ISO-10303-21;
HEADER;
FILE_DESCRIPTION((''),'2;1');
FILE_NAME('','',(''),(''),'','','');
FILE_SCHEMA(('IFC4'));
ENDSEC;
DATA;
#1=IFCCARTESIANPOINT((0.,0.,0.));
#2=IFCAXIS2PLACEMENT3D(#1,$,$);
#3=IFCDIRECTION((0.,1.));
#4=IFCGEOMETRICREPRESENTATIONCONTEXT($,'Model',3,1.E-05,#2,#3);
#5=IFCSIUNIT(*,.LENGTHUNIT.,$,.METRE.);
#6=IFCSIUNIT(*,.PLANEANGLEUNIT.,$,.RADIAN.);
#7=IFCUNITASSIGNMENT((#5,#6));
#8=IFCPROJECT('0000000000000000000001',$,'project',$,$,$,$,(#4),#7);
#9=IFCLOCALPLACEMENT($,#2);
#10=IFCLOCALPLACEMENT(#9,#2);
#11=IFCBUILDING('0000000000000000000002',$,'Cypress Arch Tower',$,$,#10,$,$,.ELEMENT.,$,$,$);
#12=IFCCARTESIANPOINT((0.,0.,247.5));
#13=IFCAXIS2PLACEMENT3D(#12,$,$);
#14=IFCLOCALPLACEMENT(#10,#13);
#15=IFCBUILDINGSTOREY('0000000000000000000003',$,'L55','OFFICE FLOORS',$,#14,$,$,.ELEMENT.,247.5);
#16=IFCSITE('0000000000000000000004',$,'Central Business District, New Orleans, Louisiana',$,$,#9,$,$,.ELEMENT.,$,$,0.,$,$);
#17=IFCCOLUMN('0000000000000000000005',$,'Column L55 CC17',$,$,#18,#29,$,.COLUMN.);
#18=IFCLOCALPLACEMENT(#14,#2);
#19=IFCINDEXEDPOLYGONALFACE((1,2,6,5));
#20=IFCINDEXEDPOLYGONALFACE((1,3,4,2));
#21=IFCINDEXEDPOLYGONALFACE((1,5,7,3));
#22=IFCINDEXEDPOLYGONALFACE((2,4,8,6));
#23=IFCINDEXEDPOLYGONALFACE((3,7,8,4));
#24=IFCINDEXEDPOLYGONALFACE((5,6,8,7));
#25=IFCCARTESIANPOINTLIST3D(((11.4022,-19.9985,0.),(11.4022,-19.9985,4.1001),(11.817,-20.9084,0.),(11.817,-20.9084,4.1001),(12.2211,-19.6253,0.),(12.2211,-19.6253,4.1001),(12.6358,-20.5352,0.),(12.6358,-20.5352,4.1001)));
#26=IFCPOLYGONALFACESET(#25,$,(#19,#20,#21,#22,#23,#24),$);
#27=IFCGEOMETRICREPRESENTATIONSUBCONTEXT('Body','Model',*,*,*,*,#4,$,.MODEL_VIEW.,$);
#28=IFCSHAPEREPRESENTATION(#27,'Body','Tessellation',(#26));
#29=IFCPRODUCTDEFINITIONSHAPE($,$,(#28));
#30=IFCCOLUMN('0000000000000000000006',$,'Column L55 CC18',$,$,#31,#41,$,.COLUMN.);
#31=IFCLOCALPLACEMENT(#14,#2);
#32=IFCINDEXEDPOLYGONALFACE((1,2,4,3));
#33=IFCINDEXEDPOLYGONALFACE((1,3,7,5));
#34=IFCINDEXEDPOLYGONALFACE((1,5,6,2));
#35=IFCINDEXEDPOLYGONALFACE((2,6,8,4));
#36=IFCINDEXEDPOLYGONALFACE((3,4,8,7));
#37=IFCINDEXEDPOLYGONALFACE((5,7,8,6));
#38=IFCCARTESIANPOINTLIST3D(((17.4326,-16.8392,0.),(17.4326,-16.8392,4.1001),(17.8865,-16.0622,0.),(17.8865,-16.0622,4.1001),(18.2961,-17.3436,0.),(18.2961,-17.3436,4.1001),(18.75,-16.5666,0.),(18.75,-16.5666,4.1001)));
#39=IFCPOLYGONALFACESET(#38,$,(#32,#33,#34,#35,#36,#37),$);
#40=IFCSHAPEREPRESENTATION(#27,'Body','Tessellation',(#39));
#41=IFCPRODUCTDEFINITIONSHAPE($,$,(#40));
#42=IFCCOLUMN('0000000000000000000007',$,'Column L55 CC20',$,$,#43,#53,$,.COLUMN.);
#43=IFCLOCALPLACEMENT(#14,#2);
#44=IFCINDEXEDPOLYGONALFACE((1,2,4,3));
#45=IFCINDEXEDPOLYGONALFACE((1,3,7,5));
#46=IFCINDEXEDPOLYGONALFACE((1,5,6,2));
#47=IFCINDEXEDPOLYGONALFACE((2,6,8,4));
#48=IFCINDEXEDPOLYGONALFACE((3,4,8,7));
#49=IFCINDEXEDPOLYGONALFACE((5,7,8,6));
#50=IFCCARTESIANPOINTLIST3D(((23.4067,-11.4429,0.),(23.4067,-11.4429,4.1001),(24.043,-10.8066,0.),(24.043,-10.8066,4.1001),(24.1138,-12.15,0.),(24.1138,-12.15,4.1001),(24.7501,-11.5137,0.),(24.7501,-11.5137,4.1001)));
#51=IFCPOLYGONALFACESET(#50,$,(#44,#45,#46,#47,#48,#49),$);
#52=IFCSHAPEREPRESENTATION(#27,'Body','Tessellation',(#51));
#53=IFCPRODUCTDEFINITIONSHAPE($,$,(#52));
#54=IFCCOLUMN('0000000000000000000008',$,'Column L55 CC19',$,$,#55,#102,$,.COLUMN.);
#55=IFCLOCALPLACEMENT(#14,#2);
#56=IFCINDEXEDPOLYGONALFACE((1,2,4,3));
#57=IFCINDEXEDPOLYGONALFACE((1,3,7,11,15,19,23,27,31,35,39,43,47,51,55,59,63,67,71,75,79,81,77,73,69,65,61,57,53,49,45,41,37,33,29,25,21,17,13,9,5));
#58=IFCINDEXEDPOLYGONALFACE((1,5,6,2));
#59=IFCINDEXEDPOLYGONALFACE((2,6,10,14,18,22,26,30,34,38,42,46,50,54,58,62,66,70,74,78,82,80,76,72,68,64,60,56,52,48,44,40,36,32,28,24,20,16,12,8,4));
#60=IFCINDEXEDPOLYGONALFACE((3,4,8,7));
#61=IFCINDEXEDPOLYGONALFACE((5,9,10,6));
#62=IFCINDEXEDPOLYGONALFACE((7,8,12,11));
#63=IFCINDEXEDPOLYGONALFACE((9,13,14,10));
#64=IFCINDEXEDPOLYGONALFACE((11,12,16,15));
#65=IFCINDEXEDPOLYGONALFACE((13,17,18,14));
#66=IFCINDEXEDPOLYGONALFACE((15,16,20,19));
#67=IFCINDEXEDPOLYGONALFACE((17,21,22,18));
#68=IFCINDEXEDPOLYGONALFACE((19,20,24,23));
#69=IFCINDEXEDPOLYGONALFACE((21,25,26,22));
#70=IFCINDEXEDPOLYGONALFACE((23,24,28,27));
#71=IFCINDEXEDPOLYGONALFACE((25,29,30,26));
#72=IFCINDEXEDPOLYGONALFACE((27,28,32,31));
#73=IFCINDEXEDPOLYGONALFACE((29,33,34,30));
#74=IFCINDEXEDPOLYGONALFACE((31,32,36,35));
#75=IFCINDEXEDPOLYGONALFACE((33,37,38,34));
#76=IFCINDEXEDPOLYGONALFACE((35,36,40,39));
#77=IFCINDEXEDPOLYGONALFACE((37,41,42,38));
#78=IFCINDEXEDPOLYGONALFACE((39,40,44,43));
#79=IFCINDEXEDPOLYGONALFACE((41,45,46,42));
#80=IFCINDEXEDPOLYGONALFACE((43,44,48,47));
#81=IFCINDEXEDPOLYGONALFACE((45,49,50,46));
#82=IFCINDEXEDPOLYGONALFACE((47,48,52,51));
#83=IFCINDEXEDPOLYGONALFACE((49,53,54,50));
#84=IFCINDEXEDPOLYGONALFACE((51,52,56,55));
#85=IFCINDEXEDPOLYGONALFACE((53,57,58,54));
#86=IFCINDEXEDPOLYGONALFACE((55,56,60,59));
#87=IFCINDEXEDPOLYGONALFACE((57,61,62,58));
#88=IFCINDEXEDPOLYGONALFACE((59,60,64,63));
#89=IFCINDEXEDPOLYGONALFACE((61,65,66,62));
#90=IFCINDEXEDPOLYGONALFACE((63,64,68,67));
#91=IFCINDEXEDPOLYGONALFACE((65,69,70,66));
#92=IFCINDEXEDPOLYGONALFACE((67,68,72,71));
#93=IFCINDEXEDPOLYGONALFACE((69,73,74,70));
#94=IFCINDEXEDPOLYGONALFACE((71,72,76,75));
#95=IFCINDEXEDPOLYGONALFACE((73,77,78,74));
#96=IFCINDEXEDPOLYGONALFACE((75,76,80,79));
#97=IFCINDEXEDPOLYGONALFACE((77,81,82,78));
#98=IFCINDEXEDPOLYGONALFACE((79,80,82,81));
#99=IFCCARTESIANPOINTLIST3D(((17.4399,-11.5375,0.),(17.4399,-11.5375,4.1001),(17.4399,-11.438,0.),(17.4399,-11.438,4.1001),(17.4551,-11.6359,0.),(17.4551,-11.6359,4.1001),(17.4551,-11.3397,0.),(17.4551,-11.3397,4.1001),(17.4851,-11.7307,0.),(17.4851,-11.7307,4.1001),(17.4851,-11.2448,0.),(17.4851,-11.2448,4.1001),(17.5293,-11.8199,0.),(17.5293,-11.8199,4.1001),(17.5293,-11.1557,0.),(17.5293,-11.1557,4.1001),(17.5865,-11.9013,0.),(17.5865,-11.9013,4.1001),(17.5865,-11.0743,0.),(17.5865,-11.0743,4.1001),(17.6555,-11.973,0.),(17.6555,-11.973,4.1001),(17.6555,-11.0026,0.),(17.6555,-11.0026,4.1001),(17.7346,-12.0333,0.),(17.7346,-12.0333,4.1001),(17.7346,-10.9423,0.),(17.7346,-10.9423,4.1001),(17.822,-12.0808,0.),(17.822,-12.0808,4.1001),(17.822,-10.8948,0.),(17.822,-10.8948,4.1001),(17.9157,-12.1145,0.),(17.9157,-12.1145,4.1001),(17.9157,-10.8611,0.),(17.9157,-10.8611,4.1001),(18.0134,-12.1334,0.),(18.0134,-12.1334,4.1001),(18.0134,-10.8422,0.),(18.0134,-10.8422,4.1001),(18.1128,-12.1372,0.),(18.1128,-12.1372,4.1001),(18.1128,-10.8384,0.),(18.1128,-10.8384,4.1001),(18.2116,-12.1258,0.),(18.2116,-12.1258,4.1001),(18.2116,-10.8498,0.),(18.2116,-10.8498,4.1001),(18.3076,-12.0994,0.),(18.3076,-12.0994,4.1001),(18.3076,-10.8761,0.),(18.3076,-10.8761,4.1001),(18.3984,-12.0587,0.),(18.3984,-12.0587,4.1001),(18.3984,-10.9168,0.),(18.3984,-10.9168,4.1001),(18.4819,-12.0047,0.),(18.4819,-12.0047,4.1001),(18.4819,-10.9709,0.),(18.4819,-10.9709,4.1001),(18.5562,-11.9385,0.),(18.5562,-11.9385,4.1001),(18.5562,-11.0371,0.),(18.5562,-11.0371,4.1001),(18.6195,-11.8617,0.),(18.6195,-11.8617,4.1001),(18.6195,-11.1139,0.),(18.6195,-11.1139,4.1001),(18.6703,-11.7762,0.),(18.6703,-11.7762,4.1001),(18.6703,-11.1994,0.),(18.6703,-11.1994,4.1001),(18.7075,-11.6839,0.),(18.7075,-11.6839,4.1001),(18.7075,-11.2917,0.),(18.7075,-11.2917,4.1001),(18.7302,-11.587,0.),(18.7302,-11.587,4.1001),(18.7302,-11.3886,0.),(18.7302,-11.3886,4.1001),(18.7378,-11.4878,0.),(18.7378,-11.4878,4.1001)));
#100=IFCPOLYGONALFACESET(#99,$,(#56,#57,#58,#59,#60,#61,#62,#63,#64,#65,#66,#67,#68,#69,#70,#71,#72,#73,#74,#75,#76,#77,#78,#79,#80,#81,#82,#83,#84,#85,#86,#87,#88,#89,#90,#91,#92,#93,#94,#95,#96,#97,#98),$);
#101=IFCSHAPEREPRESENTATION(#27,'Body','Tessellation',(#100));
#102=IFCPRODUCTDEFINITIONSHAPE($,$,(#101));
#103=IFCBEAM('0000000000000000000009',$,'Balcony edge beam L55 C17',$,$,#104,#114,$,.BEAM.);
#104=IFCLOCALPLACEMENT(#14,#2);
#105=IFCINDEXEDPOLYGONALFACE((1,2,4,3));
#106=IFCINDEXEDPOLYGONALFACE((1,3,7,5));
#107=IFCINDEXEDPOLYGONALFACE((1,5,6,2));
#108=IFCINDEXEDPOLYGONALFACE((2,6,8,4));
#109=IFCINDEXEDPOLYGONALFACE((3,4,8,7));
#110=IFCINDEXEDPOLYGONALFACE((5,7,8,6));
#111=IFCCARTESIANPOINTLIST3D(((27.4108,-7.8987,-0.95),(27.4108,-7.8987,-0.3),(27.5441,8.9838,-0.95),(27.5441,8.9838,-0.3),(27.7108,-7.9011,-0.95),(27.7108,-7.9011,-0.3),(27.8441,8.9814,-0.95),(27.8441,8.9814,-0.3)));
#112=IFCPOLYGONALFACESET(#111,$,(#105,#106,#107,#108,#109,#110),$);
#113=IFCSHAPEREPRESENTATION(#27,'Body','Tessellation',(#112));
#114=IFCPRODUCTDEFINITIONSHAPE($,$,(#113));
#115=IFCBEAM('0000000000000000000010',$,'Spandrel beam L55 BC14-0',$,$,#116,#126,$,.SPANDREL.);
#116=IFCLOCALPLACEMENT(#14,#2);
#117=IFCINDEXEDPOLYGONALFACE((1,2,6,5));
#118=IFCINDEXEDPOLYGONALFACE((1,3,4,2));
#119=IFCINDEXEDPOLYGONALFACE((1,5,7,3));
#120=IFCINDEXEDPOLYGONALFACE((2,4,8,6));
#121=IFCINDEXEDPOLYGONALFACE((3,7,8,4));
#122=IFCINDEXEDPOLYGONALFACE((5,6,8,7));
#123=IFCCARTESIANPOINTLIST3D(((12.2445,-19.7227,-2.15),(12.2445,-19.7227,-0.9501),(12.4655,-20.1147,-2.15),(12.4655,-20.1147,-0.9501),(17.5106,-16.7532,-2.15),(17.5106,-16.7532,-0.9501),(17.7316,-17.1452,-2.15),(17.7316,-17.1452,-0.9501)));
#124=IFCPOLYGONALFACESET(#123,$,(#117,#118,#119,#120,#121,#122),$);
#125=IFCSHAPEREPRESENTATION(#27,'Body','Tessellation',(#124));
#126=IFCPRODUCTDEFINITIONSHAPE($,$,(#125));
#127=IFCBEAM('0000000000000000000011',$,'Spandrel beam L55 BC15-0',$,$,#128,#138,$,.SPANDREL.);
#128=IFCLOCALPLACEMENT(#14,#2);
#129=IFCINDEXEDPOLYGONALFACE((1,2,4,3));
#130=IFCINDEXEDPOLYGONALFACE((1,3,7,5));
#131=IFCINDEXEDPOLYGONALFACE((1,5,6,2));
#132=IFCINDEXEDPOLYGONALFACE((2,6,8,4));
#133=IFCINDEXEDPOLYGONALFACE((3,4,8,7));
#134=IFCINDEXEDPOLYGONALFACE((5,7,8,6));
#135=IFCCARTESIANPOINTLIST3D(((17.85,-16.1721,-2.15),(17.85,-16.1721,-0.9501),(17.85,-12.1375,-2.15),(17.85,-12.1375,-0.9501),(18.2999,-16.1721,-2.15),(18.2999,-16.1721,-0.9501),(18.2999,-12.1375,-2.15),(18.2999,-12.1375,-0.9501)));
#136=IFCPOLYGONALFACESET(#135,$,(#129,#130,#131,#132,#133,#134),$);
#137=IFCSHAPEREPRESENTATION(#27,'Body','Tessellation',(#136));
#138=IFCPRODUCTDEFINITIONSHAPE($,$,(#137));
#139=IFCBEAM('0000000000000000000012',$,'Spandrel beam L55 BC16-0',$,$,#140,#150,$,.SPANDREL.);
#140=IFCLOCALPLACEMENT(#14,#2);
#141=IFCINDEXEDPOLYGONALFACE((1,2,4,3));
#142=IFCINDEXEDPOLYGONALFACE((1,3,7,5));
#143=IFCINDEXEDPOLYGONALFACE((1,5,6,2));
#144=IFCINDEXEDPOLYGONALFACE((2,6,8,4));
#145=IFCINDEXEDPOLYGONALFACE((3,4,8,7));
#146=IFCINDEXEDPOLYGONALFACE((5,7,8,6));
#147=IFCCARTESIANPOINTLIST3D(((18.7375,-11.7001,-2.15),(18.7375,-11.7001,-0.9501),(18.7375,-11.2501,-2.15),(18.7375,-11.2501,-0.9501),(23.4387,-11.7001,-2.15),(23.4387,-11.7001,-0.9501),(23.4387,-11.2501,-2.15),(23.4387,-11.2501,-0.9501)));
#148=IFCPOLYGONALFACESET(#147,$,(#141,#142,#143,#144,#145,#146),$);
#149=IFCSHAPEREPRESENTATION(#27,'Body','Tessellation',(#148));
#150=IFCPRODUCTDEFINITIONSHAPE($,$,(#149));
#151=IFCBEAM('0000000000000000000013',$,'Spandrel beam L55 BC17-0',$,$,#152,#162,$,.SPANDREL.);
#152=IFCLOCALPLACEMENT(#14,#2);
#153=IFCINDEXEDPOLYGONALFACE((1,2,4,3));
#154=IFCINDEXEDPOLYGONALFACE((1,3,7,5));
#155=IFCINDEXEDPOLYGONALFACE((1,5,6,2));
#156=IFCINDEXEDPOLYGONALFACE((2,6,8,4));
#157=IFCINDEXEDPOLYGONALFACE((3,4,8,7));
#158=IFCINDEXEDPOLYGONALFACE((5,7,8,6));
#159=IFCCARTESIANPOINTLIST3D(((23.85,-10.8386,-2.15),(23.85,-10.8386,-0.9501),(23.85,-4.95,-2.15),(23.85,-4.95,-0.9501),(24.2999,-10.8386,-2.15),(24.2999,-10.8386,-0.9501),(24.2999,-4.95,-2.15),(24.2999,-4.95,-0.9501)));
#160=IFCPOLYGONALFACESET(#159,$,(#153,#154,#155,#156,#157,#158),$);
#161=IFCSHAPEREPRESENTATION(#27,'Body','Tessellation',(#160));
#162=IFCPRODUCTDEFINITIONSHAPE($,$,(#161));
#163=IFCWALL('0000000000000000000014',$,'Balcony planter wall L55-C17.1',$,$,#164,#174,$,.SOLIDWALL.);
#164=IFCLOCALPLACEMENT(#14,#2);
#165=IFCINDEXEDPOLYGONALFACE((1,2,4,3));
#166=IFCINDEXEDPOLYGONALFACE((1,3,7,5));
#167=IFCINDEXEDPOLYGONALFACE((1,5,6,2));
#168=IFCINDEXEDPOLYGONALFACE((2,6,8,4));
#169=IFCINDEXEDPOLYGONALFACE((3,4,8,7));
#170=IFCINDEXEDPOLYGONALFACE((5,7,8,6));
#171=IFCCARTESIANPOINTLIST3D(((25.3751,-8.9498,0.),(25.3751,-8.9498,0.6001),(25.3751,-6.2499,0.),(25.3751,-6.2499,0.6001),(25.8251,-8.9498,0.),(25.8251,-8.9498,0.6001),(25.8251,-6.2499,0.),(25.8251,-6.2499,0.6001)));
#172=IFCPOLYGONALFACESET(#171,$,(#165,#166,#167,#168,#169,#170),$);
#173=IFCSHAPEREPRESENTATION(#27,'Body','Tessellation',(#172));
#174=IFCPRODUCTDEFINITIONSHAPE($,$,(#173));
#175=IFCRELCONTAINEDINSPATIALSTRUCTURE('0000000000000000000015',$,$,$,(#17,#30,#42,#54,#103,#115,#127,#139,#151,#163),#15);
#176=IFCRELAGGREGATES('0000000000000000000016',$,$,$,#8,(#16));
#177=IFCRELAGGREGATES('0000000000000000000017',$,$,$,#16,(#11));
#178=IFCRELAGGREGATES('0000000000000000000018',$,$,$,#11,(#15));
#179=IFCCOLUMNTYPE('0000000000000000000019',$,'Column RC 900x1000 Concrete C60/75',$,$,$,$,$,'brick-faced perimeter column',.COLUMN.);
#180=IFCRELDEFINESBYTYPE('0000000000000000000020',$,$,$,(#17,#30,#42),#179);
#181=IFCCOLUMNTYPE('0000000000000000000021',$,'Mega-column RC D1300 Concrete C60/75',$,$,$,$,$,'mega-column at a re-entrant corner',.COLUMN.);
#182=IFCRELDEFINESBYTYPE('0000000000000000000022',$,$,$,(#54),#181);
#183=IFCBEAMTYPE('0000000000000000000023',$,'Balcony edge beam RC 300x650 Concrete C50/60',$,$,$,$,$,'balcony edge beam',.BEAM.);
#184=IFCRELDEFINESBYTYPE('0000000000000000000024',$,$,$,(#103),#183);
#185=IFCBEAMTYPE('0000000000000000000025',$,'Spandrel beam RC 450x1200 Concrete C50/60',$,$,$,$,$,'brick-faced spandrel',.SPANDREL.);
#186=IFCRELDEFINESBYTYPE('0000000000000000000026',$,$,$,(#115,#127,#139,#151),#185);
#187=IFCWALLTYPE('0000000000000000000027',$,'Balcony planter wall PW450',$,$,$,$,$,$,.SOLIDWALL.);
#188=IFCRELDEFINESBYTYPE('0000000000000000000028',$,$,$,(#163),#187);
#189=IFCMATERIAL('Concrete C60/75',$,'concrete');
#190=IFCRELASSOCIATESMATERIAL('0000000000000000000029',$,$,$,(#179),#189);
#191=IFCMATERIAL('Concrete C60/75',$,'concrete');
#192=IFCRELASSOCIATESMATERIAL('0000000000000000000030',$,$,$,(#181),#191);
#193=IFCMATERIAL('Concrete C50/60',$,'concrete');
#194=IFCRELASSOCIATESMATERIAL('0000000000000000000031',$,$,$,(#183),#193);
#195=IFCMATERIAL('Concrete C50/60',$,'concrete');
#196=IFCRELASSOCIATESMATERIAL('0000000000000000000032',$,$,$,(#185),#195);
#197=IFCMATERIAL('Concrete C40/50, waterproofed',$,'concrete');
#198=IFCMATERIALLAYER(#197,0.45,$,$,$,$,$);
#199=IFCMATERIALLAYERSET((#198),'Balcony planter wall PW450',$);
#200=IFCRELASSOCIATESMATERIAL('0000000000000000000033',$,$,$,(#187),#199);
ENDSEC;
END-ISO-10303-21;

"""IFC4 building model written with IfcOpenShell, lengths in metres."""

from ifc_helpers import new_model, si_unit, direction, frame, frame_2d, origin, origin_2d, place, context, subcontext, project, spatial, rectangle, circle, extrude, material, layer, layer_set, material_profile, profile_set, type_object, element, save


model = new_model("IFC4")

# Units and contexts
model_context = context("Model", 3, precision=1e-05, world=origin(), true_north=direction((0.0, 1.0)))
body_context = subcontext(model_context, "Body", "Model", "MODEL_VIEW")
ifc_project = project(units=[si_unit("LENGTHUNIT", "METRE"), si_unit("PLANEANGLEUNIT", "RADIAN")], contexts=[model_context])

# Site, building, storey
site_placement = place(None, origin())
site = spatial("IfcSite", under=ifc_project, at=site_placement, Name="Central Business District, New Orleans, Louisiana", CompositionType="ELEMENT", RefElevation=0.0)
building_placement = place(site_placement, origin())
building = spatial("IfcBuilding", under=site, at=building_placement, Name="Cypress Arch Tower", CompositionType="ELEMENT")
storey_placement = place(building_placement, frame((0.0, 0.0, 247.5)))
storey = spatial("IfcBuildingStorey", under=building, at=storey_placement, Name="L55", Description="OFFICE FLOORS", CompositionType="ELEMENT", Elevation=247.5)

# Columns
ifc_material_1 = material(Name="Concrete C60/75", Category="concrete")
ifc_material_profile_1 = material_profile(ifc_material_1, rectangle(XDim=0.8999, YDim=1.0, at=origin_2d()), Name="RC 900x1000")
ifc_profile_set_1 = profile_set([ifc_material_profile_1], Name="Concrete C60/75")
column_type_1 = type_object("IfcColumnType", Name="Column RC 900x1000 Concrete C60/75", ElementType="brick-faced perimeter column", PredefinedType="COLUMN", material=ifc_profile_set_1)
for number, where, z_axis, x_axis, name in (
    (1, (12.019, -20.2668, 0.0), (0.0, 0.0, 1.0), (0.909932, 0.414757, 0.0), "Column L55 CC17"),
    (2, (18.0913, -16.7029, 0.0), (0.0, 0.0, 1.0), (0.504399, 0.863471, 0.0), "Column L55 CC18"),
    (3, (24.0784, -11.4783, 0.0), (0.0, 0.0, 1.0), (0.707107, 0.707107, 0.0), "Column L55 CC20"),
):
    element("IfcColumn", number, at=place(storey_placement, frame(where, z_axis=z_axis, x_axis=x_axis)), inside=storey, type_object=column_type_1, Name=name, PredefinedType="COLUMN", context=body_context, shape_type="SweptSolid", body=[
        extrude(rectangle(XDim=0.8999, YDim=1.0, at=origin_2d()), origin(), (0.0, 0.0, 1.0), 4.1001),
    ])
ifc_material_2 = material(Name="Concrete C60/75", Category="concrete")
ifc_material_profile_2 = material_profile(ifc_material_2, circle(Radius=0.6499, at=origin_2d()), Name="RC D1300")
ifc_profile_set_2 = profile_set([ifc_material_profile_2], Name="Concrete C60/75")
column_type_2 = type_object("IfcColumnType", Name="Mega-column RC D1300 Concrete C60/75", ElementType="mega-column at a re-entrant corner", PredefinedType="COLUMN", material=ifc_profile_set_2)
column_placement = place(storey_placement, frame((18.0879, -11.4878, 0.0), z_axis=(0.0, 0.0, 1.0), x_axis=(1.0, 0.0, 0.0)))
element("IfcColumn", 4, at=column_placement, inside=storey, type_object=column_type_2, Name="Column L55 CC19", PredefinedType="COLUMN", context=body_context, shape_type="SweptSolid", body=[
    extrude(circle(Radius=0.6499, at=origin_2d()), origin(), (0.0, 0.0, 1.0), 4.1001),
])

# Beams
ifc_material_3 = material(Name="Concrete C50/60", Category="concrete")
ifc_material_profile_3 = material_profile(ifc_material_3, rectangle(XDim=0.3, YDim=0.6499, at=origin_2d()), Name="RC 300x650")
ifc_profile_set_3 = profile_set([ifc_material_profile_3], Name="Concrete C50/60")
beam_type_1 = type_object("IfcBeamType", Name="Balcony edge beam RC 300x650 Concrete C50/60", ElementType="balcony edge beam", PredefinedType="BEAM", material=ifc_profile_set_3)
beam_1_placement = place(storey_placement, frame((27.5608, -7.8999, -0.625), z_axis=(0.007896, 0.999969, 0.0), x_axis=(-0.999969, 0.007896, 0.0)))
element("IfcBeam", 5, at=beam_1_placement, inside=storey, type_object=beam_type_1, Name="Balcony edge beam L55 C17", PredefinedType="BEAM", context=body_context, shape_type="SweptSolid", body=[
    extrude(rectangle(XDim=0.3, YDim=0.6499, at=origin_2d()), origin(), (0.0, 0.0, 1.0), 16.8831),
])
ifc_material_4 = material(Name="Concrete C50/60", Category="concrete")
ifc_material_profile_4 = material_profile(ifc_material_4, rectangle(XDim=0.45, YDim=1.2, at=origin_2d()), Name="RC 450x1200")
ifc_profile_set_4 = profile_set([ifc_material_profile_4], Name="Concrete C50/60")
beam_type_2 = type_object("IfcBeamType", Name="Spandrel beam RC 450x1200 Concrete C50/60", ElementType="brick-faced spandrel", PredefinedType="SPANDREL", material=ifc_profile_set_4)
beam_2_placement = place(storey_placement, frame((12.355, -19.9187, -1.55), z_axis=(0.87106, 0.491177, 0.0), x_axis=(-0.491177, 0.87106, 0.0)))
element("IfcBeam", 6, at=beam_2_placement, inside=storey, type_object=beam_type_2, Name="Spandrel beam L55 BC14-0", PredefinedType="SPANDREL", context=body_context, shape_type="SweptSolid", body=[
    extrude(rectangle(XDim=0.45, YDim=1.2, at=origin_2d()), origin(), (0.0, 0.0, 1.0), 6.0457),
])
beam_3_placement = place(storey_placement, frame((18.075, -16.1721, -1.55), z_axis=(0.0, 1.0, 0.0), x_axis=(-1.0, 0.0, 0.0)))
element("IfcBeam", 7, at=beam_3_placement, inside=storey, type_object=beam_type_2, Name="Spandrel beam L55 BC15-0", PredefinedType="SPANDREL", context=body_context, shape_type="SweptSolid", body=[
    extrude(rectangle(XDim=0.45, YDim=1.2, at=origin_2d()), origin(), (0.0, 0.0, 1.0), 4.0347),
])
beam_4_placement = place(storey_placement, frame((18.7375, -11.4751, -1.55), z_axis=(1.0, 0.0, 0.0), x_axis=(0.0, 1.0, 0.0)))
element("IfcBeam", 8, at=beam_4_placement, inside=storey, type_object=beam_type_2, Name="Spandrel beam L55 BC16-0", PredefinedType="SPANDREL", context=body_context, shape_type="SweptSolid", body=[
    extrude(rectangle(XDim=0.45, YDim=1.2, at=origin_2d()), origin(), (0.0, 0.0, 1.0), 4.7012),
])
beam_5_placement = place(storey_placement, frame((24.075, -10.8386, -1.55), z_axis=(0.0, 1.0, 0.0), x_axis=(-1.0, 0.0, 0.0)))
element("IfcBeam", 9, at=beam_5_placement, inside=storey, type_object=beam_type_2, Name="Spandrel beam L55 BC17-0", PredefinedType="SPANDREL", context=body_context, shape_type="SweptSolid", body=[
    extrude(rectangle(XDim=0.45, YDim=1.2, at=origin_2d()), origin(), (0.0, 0.0, 1.0), 5.8887),
])

# Wall
ifc_material_5 = material(Name="Concrete C40/50, waterproofed", Category="concrete")
ifc_layer_1 = layer(ifc_material_5, 0.45)
ifc_layer_set_1 = layer_set([ifc_layer_1], Name="Balcony planter wall PW450")
wall_type_1 = type_object("IfcWallType", Name="Balcony planter wall PW450", PredefinedType="SOLIDWALL", material=ifc_layer_set_1)
wall_1_placement = place(storey_placement, frame((25.6001, -8.95, 0.0), z_axis=(0.0, 0.0, 1.0), x_axis=(0.0, 1.0, 0.0)))
element("IfcWall", 10, at=wall_1_placement, inside=storey, type_object=wall_type_1, Name="Balcony planter wall L55-C17.1", PredefinedType="SOLIDWALL", context=body_context, shape_type="SweptSolid", body=[
    extrude(rectangle(XDim=2.7, YDim=0.45, at=frame_2d((1.3501, 0.0))), origin(), (0.0, 0.0, 1.0), 0.6001),
])

save(model, "model.ifc")
